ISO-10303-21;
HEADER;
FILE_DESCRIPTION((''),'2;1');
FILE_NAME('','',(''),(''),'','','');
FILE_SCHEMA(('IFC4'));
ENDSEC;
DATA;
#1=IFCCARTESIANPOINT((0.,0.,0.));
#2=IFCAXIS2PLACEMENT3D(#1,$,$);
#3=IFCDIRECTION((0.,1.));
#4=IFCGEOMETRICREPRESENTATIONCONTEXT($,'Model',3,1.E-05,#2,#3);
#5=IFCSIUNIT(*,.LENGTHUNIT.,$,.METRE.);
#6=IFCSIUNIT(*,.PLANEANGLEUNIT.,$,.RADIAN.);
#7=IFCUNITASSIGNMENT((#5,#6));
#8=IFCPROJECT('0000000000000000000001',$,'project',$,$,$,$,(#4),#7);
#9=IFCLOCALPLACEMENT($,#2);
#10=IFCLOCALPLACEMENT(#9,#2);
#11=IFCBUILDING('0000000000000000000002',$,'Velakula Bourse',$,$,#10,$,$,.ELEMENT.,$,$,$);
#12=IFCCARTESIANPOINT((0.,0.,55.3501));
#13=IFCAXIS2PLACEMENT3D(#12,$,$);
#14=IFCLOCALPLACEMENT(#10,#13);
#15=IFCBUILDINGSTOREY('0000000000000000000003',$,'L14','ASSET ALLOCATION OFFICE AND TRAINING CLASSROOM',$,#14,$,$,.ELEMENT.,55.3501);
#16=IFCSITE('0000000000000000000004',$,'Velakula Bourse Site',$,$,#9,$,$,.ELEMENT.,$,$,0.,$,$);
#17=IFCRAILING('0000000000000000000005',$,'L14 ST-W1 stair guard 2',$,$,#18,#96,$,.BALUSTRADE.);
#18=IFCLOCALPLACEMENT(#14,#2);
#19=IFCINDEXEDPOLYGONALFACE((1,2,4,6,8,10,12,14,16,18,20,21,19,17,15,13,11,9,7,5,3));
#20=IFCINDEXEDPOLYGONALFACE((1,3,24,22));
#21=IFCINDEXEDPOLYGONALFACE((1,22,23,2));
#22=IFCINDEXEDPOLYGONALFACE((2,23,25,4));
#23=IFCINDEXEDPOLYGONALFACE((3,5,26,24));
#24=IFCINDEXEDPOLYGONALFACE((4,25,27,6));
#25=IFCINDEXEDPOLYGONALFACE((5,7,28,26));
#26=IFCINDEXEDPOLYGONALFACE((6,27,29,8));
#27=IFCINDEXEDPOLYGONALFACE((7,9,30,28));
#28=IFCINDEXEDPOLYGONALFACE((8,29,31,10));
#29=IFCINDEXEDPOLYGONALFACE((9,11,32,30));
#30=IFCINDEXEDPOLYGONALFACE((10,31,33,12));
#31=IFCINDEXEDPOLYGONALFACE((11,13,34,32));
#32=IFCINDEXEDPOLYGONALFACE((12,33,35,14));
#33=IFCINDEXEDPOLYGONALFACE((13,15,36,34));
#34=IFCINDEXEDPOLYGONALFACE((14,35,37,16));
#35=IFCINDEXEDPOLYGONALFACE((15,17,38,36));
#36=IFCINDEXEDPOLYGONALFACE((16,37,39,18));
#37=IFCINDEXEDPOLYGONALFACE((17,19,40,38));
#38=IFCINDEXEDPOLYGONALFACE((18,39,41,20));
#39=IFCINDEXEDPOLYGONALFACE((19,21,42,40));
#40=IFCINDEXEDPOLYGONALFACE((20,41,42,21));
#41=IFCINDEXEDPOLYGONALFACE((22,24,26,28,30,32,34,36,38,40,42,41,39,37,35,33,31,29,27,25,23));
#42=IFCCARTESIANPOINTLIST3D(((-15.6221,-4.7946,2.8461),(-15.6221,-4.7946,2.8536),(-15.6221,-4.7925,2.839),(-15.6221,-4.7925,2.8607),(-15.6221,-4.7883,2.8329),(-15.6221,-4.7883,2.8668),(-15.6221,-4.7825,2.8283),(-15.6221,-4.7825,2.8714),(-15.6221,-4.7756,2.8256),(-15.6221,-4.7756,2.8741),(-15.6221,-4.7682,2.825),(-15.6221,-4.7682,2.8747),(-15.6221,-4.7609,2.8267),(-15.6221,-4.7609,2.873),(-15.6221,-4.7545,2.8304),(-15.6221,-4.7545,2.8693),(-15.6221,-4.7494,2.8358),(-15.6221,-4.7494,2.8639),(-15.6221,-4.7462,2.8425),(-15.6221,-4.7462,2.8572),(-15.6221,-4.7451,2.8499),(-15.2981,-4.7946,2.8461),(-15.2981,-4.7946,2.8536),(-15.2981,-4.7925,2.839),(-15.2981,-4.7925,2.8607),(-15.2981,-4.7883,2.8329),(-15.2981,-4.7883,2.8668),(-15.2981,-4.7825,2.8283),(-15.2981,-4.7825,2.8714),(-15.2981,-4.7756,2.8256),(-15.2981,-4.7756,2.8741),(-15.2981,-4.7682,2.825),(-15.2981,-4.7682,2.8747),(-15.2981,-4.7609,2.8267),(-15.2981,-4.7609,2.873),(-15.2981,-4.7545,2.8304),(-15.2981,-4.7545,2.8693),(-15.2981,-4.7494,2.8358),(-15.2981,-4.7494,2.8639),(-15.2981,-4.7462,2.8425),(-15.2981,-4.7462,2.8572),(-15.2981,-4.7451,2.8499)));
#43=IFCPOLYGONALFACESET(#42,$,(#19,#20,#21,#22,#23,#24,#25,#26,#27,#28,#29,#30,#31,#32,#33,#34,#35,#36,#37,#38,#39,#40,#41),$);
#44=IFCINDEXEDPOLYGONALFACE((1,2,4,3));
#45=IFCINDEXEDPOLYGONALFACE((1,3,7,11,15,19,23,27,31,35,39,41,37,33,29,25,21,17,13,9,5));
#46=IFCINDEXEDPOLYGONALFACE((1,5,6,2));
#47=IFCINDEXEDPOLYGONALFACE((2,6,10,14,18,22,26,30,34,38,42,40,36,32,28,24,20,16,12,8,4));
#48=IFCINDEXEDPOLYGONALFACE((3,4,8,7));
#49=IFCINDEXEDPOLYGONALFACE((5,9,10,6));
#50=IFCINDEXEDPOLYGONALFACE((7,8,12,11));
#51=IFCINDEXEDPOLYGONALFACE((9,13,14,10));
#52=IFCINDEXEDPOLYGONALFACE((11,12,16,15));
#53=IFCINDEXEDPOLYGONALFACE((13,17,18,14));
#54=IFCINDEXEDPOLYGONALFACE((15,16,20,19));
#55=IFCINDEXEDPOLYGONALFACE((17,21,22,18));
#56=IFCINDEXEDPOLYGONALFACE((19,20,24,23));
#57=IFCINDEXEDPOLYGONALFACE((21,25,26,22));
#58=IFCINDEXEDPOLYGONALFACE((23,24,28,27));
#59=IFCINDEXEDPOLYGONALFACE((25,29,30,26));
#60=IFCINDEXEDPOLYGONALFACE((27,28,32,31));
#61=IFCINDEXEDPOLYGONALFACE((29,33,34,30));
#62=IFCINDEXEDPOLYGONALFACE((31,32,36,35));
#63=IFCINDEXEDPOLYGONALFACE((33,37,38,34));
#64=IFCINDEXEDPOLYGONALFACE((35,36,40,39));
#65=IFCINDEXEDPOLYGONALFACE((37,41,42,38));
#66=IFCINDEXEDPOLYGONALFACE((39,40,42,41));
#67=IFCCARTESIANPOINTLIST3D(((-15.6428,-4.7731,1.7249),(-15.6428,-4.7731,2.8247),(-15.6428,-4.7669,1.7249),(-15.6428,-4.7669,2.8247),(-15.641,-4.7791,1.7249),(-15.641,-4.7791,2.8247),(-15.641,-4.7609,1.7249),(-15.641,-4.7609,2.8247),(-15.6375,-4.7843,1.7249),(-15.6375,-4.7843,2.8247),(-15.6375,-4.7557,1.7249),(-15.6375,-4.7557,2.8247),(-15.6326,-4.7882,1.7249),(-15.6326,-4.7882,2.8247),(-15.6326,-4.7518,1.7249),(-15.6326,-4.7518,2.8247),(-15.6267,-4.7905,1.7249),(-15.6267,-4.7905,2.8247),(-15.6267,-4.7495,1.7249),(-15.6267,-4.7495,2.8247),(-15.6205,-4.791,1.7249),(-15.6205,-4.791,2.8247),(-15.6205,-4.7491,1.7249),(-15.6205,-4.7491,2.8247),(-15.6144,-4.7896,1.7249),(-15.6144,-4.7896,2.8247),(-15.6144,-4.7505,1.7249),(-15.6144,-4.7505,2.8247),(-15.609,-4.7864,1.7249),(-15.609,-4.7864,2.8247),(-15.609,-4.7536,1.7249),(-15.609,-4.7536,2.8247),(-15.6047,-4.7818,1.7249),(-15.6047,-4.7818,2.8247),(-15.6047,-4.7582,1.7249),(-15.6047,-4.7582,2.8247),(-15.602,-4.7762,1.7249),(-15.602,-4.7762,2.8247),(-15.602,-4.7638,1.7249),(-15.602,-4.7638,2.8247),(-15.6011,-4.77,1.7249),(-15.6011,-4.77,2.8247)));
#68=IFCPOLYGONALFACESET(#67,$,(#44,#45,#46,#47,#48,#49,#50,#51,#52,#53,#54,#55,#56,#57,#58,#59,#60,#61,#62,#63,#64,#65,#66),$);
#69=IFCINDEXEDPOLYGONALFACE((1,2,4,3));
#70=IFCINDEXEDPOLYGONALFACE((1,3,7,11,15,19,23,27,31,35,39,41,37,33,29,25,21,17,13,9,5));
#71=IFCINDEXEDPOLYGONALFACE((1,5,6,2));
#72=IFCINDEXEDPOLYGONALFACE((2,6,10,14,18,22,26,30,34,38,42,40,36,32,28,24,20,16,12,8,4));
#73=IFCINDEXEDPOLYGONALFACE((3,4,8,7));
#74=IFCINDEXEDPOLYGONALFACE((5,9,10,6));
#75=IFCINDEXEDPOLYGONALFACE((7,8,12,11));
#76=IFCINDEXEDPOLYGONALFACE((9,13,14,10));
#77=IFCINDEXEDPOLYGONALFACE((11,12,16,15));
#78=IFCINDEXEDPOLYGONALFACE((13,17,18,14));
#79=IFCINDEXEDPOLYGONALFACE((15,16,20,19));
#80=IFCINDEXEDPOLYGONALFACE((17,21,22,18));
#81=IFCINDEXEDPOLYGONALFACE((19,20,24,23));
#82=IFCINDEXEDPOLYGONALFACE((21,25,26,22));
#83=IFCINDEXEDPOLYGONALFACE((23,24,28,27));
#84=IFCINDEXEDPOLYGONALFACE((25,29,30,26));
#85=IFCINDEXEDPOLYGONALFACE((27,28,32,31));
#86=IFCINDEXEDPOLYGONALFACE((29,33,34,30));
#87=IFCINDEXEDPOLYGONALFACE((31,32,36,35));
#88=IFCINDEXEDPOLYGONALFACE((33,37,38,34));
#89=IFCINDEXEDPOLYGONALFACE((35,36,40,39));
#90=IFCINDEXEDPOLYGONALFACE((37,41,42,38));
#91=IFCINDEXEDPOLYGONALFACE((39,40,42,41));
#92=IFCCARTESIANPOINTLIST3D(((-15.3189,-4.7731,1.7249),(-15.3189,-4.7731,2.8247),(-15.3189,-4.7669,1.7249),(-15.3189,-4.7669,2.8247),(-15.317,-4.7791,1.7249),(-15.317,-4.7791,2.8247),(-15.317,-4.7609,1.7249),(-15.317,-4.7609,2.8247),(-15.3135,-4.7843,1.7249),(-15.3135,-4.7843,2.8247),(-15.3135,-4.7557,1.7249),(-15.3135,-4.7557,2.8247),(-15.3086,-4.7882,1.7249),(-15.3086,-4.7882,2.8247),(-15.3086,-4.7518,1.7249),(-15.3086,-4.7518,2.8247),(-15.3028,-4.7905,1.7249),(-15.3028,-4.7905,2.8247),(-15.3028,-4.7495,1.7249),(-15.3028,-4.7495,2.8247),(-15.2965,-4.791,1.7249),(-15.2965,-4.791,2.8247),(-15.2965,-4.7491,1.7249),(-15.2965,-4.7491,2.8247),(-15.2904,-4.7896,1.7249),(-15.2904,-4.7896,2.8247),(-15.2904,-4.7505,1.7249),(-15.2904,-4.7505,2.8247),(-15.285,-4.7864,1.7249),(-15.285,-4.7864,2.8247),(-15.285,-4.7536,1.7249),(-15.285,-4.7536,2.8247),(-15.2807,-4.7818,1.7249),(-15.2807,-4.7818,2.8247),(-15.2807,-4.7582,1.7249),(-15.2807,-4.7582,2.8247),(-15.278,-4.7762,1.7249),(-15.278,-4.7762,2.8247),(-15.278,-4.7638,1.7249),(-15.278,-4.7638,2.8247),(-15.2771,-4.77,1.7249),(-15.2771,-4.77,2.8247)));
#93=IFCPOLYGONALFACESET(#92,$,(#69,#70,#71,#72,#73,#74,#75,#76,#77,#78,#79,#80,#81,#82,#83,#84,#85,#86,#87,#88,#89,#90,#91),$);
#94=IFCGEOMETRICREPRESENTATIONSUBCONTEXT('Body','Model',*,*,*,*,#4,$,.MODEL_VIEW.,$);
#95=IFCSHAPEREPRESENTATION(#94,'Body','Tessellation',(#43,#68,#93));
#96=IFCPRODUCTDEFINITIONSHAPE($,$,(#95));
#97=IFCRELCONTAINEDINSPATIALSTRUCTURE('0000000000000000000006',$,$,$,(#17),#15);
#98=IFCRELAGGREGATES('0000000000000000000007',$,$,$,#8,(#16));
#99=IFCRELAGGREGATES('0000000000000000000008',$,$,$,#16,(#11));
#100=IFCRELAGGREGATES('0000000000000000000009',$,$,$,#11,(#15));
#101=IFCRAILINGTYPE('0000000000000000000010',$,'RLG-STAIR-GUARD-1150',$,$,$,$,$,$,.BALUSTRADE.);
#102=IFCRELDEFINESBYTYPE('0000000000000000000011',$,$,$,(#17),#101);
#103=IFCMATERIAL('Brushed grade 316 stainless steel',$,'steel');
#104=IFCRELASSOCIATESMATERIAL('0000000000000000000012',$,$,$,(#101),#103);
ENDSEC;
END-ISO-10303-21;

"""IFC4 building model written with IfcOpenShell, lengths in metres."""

from ifc_helpers import new_model, si_unit, direction, frame, origin, origin_2d, place, context, subcontext, project, spatial, circle, extrude, material, type_object, element, save


model = new_model("IFC4")

# Units and contexts
model_context = context("Model", 3, precision=1e-05, world=origin(), true_north=direction((0.0, 1.0)))
body_context = subcontext(model_context, "Body", "Model", "MODEL_VIEW")
ifc_project = project(units=[si_unit("LENGTHUNIT", "METRE"), si_unit("PLANEANGLEUNIT", "RADIAN")], contexts=[model_context])

# Site, building, storey
site_placement = place(None, origin())
site = spatial("IfcSite", under=ifc_project, at=site_placement, Name="Velakula Bourse Site", CompositionType="ELEMENT", RefElevation=0.0)
building_placement = place(site_placement, origin())
building = spatial("IfcBuilding", under=site, at=building_placement, Name="Velakula Bourse", CompositionType="ELEMENT")
storey_placement = place(building_placement, frame((0.0, 0.0, 55.3501)))
storey = spatial("IfcBuildingStorey", under=building, at=storey_placement, Name="L14", Description="ASSET ALLOCATION OFFICE AND TRAINING CLASSROOM", CompositionType="ELEMENT", Elevation=55.3501)

# Shared definitions
ifc_material_1 = material(Name="Brushed grade 316 stainless steel", Category="steel")

# Railing
railing_type_1 = type_object("IfcRailingType", Name="RLG-STAIR-GUARD-1150", PredefinedType="BALUSTRADE", material=ifc_material_1)
railing_1_placement = place(storey_placement, frame((-15.6221, -4.77, 1.7249)))
element("IfcRailing", 1, at=railing_1_placement, inside=storey, type_object=railing_type_1, Name="L14 ST-W1 stair guard 2", PredefinedType="BALUSTRADE", context=body_context, shape_type="SweptSolid", body=[
    extrude(circle(Radius=0.0249, at=origin_2d()), frame((0.0, 0.0, 1.125), z_axis=(1.0, 0.0, 0.0), x_axis=(0.0, 1.0, 0.0)), (0.0, 0.0, 1.0), 0.324),
    extrude(circle(Radius=0.021, at=origin_2d()), origin(), (0.0, 0.0, 1.0), 1.0999),
    extrude(circle(Radius=0.021, at=origin_2d()), frame((0.324, 0.0, 0.0)), (0.0, 0.0, 1.0), 1.0999),
])

save(model, "model.ifc")
